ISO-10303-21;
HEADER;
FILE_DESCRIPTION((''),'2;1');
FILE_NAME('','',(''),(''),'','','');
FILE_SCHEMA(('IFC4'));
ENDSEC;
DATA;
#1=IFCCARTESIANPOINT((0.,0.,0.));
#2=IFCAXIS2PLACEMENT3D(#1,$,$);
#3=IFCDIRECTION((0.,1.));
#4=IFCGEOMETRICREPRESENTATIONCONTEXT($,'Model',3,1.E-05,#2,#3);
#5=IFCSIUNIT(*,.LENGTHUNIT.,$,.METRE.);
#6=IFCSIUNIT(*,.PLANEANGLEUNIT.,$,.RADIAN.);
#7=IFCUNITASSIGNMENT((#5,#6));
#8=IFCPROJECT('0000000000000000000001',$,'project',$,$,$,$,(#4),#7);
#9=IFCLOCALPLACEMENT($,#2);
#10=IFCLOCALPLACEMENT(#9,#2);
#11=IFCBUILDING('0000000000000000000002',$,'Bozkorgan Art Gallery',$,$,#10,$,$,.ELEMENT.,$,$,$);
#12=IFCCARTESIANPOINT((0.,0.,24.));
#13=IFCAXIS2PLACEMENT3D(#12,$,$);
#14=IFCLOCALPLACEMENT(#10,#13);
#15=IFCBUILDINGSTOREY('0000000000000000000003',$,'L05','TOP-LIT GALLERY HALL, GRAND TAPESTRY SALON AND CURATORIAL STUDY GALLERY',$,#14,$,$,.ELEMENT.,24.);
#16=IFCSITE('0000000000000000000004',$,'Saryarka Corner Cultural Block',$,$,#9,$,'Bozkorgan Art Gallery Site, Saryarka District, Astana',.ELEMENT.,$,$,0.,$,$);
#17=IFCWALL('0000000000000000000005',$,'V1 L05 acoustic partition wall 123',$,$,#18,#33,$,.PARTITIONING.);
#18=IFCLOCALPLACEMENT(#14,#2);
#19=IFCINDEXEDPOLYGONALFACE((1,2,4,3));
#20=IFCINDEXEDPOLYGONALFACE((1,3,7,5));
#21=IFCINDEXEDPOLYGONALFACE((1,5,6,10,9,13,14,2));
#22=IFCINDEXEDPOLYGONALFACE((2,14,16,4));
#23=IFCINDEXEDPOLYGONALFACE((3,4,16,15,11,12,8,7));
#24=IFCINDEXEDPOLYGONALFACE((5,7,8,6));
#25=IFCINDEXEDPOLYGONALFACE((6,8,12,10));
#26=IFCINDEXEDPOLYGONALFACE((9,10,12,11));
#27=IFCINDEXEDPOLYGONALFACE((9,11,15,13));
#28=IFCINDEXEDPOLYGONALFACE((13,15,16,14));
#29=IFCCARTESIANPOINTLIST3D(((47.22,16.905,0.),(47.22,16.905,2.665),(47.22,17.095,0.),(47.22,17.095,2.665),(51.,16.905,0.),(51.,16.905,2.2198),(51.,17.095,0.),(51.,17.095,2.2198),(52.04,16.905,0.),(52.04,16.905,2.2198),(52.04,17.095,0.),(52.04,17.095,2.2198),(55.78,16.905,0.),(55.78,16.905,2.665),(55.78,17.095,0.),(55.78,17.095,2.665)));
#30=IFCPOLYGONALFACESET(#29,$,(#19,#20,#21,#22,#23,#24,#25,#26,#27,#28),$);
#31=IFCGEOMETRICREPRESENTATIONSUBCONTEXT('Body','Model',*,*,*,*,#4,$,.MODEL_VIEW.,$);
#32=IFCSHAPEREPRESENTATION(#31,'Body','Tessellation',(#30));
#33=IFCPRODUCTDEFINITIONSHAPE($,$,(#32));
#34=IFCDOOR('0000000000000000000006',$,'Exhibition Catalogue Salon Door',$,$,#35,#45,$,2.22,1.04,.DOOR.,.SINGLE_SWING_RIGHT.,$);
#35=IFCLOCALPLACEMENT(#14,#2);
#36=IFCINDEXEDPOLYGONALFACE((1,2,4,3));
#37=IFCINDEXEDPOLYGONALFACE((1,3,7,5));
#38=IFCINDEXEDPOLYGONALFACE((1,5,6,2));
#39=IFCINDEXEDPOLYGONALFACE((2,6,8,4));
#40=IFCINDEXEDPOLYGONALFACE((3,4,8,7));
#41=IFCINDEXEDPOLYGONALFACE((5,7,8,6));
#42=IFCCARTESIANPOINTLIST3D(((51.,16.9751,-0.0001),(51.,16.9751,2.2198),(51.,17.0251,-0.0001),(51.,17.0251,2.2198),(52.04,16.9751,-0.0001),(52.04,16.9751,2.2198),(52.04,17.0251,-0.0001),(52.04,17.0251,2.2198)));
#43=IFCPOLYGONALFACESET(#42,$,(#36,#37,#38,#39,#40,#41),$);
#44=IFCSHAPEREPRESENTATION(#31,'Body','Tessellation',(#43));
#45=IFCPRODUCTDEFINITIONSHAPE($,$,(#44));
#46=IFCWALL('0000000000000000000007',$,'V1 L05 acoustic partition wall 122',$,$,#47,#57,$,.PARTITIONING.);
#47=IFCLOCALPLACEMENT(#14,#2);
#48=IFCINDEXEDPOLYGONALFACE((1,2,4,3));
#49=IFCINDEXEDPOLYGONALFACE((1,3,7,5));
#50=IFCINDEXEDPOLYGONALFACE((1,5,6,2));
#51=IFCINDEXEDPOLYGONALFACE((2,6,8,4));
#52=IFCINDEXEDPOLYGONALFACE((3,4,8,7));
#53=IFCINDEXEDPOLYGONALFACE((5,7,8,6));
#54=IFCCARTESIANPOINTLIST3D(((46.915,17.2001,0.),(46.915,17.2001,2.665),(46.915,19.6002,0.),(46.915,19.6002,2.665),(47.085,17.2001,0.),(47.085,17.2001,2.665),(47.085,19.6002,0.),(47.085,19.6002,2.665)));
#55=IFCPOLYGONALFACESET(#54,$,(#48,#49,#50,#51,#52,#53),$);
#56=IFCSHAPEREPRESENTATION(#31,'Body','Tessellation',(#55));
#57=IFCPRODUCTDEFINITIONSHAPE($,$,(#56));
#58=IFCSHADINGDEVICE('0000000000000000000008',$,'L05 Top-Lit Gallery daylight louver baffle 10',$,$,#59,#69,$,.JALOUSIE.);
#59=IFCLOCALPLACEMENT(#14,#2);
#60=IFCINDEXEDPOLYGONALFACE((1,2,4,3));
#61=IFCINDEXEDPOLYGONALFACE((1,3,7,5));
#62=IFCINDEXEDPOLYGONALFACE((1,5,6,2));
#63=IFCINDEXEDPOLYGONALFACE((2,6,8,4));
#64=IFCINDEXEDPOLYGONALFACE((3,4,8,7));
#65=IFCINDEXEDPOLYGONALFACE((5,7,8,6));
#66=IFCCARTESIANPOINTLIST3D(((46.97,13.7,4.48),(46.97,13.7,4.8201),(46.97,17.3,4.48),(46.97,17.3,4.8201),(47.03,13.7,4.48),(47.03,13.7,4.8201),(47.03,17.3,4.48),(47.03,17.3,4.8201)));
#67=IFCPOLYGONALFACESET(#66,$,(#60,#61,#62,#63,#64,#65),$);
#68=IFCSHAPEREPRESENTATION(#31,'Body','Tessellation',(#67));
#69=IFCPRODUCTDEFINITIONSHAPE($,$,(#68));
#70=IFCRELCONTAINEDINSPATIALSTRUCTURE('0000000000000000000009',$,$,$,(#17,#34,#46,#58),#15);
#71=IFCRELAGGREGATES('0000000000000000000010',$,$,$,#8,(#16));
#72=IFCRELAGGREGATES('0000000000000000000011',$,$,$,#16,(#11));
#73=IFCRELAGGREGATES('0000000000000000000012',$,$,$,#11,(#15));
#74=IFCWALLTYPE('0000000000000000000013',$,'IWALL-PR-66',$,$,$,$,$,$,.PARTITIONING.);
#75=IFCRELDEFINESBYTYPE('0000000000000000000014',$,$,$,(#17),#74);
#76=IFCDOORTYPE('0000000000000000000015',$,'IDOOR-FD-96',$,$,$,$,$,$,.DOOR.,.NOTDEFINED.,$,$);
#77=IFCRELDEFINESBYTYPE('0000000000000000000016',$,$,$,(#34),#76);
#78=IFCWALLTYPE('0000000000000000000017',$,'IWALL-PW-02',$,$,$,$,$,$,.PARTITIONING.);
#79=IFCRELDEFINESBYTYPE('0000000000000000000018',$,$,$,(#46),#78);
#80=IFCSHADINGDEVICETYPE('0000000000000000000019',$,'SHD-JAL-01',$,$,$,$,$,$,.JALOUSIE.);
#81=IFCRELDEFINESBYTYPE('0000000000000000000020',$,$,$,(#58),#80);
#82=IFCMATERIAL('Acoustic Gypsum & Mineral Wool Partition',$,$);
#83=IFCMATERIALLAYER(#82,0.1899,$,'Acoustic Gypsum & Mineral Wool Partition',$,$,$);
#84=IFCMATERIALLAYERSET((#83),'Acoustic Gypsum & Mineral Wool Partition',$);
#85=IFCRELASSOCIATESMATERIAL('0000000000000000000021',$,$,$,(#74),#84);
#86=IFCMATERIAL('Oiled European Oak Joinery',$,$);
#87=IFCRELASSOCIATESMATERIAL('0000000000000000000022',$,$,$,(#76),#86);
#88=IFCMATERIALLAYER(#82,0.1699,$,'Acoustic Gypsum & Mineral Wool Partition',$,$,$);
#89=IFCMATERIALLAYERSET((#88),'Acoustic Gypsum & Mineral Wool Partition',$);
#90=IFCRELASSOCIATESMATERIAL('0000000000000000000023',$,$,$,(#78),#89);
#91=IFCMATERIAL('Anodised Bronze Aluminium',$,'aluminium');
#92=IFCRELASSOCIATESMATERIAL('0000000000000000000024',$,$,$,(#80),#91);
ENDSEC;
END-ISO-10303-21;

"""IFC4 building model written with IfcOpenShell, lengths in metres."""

from ifc_helpers import new_model, si_unit, direction, frame, frame_2d, origin, origin_2d, place, context, subcontext, project, spatial, rectangle, extrude, material, layer, layer_set, type_object, element, fill, save


model = new_model("IFC4")

# Units and contexts
model_context = context("Model", 3, precision=1e-05, world=origin(), true_north=direction((0.0, 1.0)))
body_context = subcontext(model_context, "Body", "Model", "MODEL_VIEW")
ifc_project = project(units=[si_unit("LENGTHUNIT", "METRE"), si_unit("PLANEANGLEUNIT", "RADIAN")], contexts=[model_context])

# Site, building, storey
site_placement = place(None, origin())
site = spatial("IfcSite", under=ifc_project, at=site_placement, Name="Saryarka Corner Cultural Block", LongName="Bozkorgan Art Gallery Site, Saryarka District, Astana", CompositionType="ELEMENT", RefElevation=0.0)
building_placement = place(site_placement, origin())
building = spatial("IfcBuilding", under=site, at=building_placement, Name="Bozkorgan Art Gallery", CompositionType="ELEMENT")
storey_placement = place(building_placement, frame((0.0, 0.0, 24.0)))
storey = spatial("IfcBuildingStorey", under=building, at=storey_placement, Name="L05", Description="TOP-LIT GALLERY HALL, GRAND TAPESTRY SALON AND CURATORIAL STUDY GALLERY", CompositionType="ELEMENT", Elevation=24.0)

# Shared definitions
ifc_material_1 = material(Name="Anodised Bronze Aluminium", Category="aluminium")

# Wall, opening, door
ifc_material_2 = material(Name="Acoustic Gypsum & Mineral Wool Partition")
ifc_material_3 = material(Name="Oiled European Oak Joinery")
ifc_layer_1 = layer(ifc_material_2, 0.1899, Name="Acoustic Gypsum & Mineral Wool Partition")
ifc_layer_set_1 = layer_set([ifc_layer_1], Name="Acoustic Gypsum & Mineral Wool Partition")
wall_type_1 = type_object("IfcWallType", Name="IWALL-PR-66", PredefinedType="PARTITIONING", material=ifc_layer_set_1)
wall_1_placement = place(storey_placement, frame((47.22, 17.0, 0.0), z_axis=(0.0, 0.0, 1.0), x_axis=(1.0, 0.0, 0.0)))
wall_1 = element("IfcWall", 1, at=wall_1_placement, inside=storey, type_object=wall_type_1, Name="V1 L05 acoustic partition wall 123", PredefinedType="PARTITIONING", context=body_context, shape_type="SweptSolid", body=[
    extrude(rectangle(XDim=8.5601, YDim=0.1899, at=frame_2d((4.28, 0.0))), origin(), (0.0, 0.0, 1.0), 2.665),
])
opening_1_placement = place(wall_1_placement, frame((4.8201, 0.0, 0.0), z_axis=(0.0, 0.0, 1.0), x_axis=(-1.0, 0.0, 0.0)))
opening_1 = element("IfcOpeningElement", 2, at=opening_1_placement, cuts=wall_1, PredefinedType="OPENING", context=body_context, shape_type="SweptSolid", body=[
    extrude(rectangle(XDim=1.04, YDim=2.22, at=frame_2d((0.52, 1.1099))), frame((0.0, 0.105, 0.0), z_axis=(0.0, -1.0, 0.0), x_axis=(1.0, 0.0, 0.0)), (0.0, 0.0, 1.0), 0.21),
])
door_type_1 = type_object("IfcDoorType", Name="IDOOR-FD-96", OperationType="NOTDEFINED", PredefinedType="DOOR", material=ifc_material_3)
door_1_placement = place(opening_1_placement, origin())
door_1 = element("IfcDoor", 3, at=door_1_placement, inside=storey, type_object=door_type_1, Name="Exhibition Catalogue Salon Door", OperationType="SINGLE_SWING_RIGHT", OverallHeight=2.22, OverallWidth=1.04, PredefinedType="DOOR", context=body_context, shape_type="SweptSolid", body=[
    extrude(rectangle(XDim=1.04, YDim=2.22, at=frame_2d((0.52, 1.1099))), frame((0.0, 0.0249, 0.0), z_axis=(0.0, -1.0, 0.0), x_axis=(1.0, 0.0, 0.0)), (0.0, 0.0, 1.0), 0.05),
])
fill(opening_1, door_1)

# Wall
ifc_layer_2 = layer(ifc_material_2, 0.1699, Name="Acoustic Gypsum & Mineral Wool Partition")
ifc_layer_set_2 = layer_set([ifc_layer_2], Name="Acoustic Gypsum & Mineral Wool Partition")
wall_type_2 = type_object("IfcWallType", Name="IWALL-PW-02", PredefinedType="PARTITIONING", material=ifc_layer_set_2)
wall_2_placement = place(storey_placement, frame((47.0, 17.2, 0.0), z_axis=(0.0, 0.0, 1.0), x_axis=(0.0, 1.0, 0.0)))
element("IfcWall", 4, at=wall_2_placement, inside=storey, type_object=wall_type_2, Name="V1 L05 acoustic partition wall 122", PredefinedType="PARTITIONING", context=body_context, shape_type="SweptSolid", body=[
    extrude(rectangle(XDim=2.4001, YDim=0.1699, at=frame_2d((1.2002, 0.0))), origin(), (0.0, 0.0, 1.0), 2.665),
])

# Shading device
shading_device_type = type_object("IfcShadingDeviceType", Name="SHD-JAL-01", PredefinedType="JALOUSIE", material=ifc_material_1)
shading_device_placement = place(storey_placement, frame((47.0, 15.5, 4.48), z_axis=(0.0, 0.0, 1.0), x_axis=(1.0, 0.0, 0.0)))
element("IfcShadingDevice", 5, at=shading_device_placement, inside=storey, type_object=shading_device_type, Name="L05 Top-Lit Gallery daylight louver baffle 10", PredefinedType="JALOUSIE", context=body_context, shape_type="SweptSolid", body=[
    extrude(rectangle(XDim=0.0601, YDim=3.6001, at=origin_2d()), origin(), (0.0, 0.0, 1.0), 0.3401),
])

save(model, "model.ifc")
